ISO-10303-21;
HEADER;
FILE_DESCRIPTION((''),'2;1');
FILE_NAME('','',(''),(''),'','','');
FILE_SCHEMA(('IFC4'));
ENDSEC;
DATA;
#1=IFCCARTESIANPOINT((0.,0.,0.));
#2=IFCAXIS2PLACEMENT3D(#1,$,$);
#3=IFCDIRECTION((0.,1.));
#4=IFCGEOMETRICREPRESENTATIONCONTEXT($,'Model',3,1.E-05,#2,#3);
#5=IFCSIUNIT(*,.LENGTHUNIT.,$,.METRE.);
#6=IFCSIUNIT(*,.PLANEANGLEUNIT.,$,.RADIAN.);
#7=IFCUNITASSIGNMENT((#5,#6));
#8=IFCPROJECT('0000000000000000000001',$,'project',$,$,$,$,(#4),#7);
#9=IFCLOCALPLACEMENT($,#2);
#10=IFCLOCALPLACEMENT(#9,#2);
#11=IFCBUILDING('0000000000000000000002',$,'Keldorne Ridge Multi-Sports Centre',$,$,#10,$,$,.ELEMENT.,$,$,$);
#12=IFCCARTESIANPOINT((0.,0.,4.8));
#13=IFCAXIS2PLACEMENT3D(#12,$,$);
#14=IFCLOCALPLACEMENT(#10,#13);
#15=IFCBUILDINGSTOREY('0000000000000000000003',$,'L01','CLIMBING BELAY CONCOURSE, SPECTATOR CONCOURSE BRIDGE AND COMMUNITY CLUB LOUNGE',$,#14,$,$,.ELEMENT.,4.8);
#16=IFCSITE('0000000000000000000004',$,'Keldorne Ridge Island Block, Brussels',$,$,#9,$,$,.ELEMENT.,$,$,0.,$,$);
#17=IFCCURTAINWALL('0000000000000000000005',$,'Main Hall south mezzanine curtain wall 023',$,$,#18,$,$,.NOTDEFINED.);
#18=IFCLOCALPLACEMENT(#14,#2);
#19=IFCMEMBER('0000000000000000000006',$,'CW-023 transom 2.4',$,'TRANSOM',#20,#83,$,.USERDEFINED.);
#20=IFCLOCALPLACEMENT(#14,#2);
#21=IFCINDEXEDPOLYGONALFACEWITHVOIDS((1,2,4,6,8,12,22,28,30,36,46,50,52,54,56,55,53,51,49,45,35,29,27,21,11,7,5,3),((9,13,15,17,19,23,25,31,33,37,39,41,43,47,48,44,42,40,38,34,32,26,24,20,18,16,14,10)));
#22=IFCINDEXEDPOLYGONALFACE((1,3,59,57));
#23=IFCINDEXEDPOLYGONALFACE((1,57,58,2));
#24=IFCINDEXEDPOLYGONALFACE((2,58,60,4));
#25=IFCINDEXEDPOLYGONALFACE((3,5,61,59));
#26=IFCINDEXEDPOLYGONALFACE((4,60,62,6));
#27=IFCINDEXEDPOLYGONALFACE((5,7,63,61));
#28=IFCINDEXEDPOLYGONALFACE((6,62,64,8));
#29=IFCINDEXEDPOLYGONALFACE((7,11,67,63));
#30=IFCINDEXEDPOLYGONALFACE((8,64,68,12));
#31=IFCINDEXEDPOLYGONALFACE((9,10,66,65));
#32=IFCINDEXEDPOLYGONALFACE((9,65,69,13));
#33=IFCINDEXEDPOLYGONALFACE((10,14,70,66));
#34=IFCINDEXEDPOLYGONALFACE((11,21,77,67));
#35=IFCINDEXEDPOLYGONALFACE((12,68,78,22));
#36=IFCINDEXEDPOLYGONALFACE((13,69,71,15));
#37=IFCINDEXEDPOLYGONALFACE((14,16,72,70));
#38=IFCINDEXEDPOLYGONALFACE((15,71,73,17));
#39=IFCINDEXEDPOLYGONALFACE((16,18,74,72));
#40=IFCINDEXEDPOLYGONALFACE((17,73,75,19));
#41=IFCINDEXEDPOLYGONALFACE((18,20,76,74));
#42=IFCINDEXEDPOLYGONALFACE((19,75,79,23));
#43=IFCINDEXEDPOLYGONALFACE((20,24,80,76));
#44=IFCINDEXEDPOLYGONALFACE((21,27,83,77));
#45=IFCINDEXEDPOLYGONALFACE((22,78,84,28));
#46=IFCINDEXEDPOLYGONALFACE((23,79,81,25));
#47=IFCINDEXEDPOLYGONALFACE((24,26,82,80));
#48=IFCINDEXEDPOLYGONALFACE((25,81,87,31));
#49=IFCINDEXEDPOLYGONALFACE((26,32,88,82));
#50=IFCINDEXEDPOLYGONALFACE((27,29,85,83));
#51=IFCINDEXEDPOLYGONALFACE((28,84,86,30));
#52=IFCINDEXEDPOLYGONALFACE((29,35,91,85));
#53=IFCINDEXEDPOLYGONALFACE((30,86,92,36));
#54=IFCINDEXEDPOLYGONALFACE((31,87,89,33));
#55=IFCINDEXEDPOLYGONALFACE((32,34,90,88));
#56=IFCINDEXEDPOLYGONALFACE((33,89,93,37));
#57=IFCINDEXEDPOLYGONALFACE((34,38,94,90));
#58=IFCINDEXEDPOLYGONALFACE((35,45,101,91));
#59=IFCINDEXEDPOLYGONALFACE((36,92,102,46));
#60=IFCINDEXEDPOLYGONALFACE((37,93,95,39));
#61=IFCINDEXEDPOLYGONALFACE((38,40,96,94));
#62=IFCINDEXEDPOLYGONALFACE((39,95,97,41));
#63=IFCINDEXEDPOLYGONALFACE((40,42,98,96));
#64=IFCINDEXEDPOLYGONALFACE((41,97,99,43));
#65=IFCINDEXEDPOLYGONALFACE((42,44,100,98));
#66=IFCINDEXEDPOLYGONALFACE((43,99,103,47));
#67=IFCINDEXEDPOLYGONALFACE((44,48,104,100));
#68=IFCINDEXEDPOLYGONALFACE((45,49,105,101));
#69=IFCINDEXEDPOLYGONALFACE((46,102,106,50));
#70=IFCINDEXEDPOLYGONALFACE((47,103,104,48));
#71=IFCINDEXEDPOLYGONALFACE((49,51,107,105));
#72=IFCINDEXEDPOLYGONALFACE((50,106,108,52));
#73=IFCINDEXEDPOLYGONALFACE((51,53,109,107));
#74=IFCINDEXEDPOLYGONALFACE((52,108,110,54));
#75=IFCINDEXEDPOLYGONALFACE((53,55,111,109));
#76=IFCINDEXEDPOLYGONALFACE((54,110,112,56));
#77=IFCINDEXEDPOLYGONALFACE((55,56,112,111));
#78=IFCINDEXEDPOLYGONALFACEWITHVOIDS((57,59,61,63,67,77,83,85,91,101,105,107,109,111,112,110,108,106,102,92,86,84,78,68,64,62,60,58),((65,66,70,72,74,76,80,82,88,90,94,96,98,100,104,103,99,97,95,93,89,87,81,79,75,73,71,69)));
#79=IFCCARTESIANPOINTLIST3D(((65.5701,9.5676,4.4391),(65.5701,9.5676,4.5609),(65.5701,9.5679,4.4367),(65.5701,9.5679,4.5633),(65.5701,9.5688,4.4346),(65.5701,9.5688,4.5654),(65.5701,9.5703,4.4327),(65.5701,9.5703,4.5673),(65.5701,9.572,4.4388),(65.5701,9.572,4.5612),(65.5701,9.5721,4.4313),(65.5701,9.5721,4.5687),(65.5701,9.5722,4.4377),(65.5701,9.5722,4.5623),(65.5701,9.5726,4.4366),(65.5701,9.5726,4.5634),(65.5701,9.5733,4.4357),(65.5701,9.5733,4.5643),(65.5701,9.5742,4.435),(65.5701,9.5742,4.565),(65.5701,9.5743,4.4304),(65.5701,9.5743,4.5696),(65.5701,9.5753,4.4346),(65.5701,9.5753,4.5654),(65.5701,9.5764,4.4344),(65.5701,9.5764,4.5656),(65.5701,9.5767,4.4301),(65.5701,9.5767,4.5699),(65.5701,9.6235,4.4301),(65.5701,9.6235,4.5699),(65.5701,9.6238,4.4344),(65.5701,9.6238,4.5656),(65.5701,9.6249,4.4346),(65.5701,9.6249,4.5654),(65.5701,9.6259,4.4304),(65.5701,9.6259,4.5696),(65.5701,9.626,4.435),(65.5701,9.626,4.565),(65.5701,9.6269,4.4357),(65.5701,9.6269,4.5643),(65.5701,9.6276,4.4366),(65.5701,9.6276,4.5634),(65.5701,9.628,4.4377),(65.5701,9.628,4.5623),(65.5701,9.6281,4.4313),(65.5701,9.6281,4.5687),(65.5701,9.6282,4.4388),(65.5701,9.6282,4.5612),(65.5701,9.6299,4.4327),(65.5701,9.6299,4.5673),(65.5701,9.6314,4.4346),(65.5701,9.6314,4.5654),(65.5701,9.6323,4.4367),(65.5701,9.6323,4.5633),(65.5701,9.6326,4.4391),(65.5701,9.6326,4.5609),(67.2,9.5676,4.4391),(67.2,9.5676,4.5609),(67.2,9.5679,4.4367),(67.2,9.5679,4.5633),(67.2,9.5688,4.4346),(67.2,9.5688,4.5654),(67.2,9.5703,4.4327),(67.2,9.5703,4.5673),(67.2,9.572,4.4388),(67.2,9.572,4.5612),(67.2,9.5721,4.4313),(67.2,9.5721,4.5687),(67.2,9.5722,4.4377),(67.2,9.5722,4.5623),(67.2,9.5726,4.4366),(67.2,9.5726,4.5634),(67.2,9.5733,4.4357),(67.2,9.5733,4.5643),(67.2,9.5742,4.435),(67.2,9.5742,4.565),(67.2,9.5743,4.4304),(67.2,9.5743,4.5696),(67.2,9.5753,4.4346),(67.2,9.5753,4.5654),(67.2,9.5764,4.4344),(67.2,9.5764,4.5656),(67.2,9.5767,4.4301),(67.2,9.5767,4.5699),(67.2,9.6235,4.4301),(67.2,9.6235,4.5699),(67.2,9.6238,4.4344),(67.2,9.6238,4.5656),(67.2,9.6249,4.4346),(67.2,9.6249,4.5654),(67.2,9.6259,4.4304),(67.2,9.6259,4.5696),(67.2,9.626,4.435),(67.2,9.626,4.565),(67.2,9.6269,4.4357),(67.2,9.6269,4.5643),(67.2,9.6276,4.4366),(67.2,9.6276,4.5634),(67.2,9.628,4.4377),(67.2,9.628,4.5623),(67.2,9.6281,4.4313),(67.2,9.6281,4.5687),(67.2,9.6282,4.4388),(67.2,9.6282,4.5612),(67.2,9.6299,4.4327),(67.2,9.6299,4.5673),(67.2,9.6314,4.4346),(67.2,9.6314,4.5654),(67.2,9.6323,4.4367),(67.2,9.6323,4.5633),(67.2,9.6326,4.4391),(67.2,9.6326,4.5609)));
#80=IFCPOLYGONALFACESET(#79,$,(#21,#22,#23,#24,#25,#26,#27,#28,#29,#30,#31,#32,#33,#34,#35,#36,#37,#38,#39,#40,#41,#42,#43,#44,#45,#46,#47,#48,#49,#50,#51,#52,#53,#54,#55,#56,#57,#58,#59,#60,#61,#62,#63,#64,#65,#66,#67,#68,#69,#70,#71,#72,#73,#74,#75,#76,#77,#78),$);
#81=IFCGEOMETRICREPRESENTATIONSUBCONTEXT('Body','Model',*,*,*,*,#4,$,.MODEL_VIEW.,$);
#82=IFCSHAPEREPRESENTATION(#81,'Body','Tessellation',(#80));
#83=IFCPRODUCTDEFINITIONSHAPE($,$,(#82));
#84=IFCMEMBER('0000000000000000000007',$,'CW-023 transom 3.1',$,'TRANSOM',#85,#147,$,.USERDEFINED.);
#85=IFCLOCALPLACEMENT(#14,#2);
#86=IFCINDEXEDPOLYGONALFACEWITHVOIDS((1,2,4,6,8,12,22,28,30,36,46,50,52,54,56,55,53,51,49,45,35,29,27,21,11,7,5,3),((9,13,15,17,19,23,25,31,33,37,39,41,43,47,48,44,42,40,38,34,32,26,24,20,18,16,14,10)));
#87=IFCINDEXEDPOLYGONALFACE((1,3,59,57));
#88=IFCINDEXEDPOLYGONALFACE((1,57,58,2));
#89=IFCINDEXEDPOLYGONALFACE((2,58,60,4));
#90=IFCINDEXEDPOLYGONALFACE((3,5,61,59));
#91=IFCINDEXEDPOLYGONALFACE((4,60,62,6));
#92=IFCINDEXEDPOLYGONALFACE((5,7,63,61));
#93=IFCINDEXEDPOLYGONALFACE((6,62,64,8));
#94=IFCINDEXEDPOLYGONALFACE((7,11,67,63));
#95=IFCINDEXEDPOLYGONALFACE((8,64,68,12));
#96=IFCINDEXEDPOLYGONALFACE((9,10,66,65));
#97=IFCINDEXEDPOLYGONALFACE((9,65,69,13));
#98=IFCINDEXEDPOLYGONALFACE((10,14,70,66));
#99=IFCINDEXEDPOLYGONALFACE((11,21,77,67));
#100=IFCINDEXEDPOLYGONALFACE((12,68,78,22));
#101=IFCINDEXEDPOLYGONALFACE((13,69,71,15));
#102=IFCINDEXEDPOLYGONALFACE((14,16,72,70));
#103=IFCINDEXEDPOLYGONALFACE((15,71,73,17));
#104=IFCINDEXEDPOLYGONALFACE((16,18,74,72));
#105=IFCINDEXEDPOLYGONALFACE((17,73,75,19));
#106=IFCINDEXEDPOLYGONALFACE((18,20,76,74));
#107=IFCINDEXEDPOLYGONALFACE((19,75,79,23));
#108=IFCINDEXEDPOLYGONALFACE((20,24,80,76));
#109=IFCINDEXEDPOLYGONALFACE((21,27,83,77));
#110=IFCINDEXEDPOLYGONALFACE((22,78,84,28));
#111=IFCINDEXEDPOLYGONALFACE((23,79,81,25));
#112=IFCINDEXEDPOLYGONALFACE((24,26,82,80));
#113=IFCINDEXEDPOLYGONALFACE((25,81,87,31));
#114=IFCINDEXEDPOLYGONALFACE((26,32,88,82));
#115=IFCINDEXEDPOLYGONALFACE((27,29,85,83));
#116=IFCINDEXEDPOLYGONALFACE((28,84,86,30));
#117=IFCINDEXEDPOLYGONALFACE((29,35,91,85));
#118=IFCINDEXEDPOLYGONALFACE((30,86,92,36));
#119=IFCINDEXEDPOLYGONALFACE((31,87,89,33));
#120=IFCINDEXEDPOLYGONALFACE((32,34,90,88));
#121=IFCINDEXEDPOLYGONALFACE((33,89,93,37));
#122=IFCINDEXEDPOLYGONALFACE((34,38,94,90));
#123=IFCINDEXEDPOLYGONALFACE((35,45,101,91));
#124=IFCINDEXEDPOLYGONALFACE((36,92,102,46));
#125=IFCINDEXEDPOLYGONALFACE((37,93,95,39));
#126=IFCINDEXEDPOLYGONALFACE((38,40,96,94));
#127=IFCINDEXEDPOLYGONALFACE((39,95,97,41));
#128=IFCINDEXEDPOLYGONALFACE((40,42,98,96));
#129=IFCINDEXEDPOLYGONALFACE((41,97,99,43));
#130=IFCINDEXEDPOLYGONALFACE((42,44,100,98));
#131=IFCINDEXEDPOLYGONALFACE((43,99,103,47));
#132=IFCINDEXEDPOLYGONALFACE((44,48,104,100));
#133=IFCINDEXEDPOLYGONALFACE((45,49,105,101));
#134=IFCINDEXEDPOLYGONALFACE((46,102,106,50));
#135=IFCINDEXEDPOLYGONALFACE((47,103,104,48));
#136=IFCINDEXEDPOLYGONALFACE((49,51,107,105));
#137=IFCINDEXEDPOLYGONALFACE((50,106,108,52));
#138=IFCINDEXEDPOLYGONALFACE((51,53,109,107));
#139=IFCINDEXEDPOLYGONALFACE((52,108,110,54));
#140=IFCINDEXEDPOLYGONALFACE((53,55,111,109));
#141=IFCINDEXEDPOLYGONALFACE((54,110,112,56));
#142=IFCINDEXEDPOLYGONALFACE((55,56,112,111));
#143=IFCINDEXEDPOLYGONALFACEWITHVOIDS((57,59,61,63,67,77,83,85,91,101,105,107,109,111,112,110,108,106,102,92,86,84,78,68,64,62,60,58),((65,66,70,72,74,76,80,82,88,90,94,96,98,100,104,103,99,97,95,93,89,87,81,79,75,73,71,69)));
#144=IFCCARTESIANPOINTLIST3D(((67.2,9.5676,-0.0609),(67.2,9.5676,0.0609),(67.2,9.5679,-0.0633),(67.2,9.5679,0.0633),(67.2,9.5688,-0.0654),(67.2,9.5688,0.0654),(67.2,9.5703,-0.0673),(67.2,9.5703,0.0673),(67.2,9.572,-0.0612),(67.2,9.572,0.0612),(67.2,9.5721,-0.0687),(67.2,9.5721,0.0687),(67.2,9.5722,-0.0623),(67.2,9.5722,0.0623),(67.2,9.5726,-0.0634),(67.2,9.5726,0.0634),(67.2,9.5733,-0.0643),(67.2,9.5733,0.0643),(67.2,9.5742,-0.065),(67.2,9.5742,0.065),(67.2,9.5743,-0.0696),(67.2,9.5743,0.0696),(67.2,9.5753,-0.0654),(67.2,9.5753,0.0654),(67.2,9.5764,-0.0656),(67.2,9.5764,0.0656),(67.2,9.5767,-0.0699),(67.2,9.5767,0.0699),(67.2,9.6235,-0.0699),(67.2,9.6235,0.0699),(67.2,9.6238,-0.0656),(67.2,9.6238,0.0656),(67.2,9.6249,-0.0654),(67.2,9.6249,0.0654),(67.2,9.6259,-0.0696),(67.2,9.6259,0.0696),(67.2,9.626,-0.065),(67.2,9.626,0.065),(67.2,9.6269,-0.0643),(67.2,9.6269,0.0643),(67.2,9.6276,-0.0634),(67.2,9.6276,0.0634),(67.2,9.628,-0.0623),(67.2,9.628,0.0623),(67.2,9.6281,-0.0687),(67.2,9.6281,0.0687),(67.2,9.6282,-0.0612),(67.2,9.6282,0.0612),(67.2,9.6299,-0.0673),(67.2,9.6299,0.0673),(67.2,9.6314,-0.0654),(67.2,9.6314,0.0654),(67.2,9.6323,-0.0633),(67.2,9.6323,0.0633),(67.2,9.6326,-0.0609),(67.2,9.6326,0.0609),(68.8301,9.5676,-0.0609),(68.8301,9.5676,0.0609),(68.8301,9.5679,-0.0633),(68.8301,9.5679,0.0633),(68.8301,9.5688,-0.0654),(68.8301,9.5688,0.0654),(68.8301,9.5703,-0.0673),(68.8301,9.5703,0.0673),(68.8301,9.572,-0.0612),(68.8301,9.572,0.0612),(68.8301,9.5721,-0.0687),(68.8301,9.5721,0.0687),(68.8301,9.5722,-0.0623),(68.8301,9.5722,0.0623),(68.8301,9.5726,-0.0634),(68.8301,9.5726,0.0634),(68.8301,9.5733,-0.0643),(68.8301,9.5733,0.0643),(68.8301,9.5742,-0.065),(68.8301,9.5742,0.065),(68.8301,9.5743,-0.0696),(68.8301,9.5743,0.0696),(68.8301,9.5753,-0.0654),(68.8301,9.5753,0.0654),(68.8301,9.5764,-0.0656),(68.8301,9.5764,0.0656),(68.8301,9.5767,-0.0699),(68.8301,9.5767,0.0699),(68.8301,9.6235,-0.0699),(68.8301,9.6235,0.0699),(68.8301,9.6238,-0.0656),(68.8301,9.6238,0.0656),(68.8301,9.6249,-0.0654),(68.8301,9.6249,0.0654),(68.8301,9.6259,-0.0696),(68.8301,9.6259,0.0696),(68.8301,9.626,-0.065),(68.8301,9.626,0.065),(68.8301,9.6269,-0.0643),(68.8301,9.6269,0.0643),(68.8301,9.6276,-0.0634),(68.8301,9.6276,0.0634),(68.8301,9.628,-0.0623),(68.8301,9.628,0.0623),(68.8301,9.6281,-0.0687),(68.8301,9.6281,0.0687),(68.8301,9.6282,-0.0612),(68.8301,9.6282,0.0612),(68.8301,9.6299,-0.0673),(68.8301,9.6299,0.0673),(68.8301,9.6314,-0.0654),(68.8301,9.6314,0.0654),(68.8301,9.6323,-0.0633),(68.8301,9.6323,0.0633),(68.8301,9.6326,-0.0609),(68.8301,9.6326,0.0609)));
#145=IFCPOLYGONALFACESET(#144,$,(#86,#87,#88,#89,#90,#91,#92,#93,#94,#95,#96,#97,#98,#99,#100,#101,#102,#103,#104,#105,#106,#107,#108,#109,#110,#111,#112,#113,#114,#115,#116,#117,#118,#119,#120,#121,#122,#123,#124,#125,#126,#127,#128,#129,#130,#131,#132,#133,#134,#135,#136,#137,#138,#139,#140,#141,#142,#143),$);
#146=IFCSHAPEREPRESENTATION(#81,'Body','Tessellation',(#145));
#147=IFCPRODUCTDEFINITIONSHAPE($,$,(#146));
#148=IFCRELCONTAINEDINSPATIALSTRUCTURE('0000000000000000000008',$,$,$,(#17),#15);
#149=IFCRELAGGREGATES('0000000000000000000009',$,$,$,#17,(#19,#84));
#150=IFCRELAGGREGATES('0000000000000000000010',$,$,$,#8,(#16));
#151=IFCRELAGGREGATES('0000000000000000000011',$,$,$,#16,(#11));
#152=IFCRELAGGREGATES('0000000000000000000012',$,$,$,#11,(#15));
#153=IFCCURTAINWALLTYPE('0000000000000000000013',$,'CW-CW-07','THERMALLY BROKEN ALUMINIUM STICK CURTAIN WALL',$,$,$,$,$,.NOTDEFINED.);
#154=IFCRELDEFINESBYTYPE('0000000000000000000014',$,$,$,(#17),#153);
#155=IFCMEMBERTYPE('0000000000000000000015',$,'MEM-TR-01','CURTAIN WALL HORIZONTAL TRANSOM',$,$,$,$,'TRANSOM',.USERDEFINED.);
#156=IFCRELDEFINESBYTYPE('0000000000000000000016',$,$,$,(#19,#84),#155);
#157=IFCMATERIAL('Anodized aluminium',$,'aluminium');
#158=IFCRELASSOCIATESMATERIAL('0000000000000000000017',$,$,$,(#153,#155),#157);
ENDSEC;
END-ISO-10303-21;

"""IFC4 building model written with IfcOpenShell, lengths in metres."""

from ifc_helpers import new_model, si_unit, direction, frame, origin, origin_2d, place, context, subcontext, project, spatial, hollow_rectangle, extrude, material, material_profile, profile_set, type_object, element, aggregate, save


model = new_model("IFC4")

# Units and contexts
model_context = context("Model", 3, precision=1e-05, world=origin(), true_north=direction((0.0, 1.0)))
body_context = subcontext(model_context, "Body", "Model", "MODEL_VIEW")
ifc_project = project(units=[si_unit("LENGTHUNIT", "METRE"), si_unit("PLANEANGLEUNIT", "RADIAN")], contexts=[model_context])

# Site, building, storey
site_placement = place(None, origin())
site = spatial("IfcSite", under=ifc_project, at=site_placement, Name="Keldorne Ridge Island Block, Brussels", CompositionType="ELEMENT", RefElevation=0.0)
building_placement = place(site_placement, origin())
building = spatial("IfcBuilding", under=site, at=building_placement, Name="Keldorne Ridge Multi-Sports Centre", CompositionType="ELEMENT")
storey_placement = place(building_placement, frame((0.0, 0.0, 4.8)))
storey = spatial("IfcBuildingStorey", under=building, at=storey_placement, Name="L01", Description="CLIMBING BELAY CONCOURSE, SPECTATOR CONCOURSE BRIDGE AND COMMUNITY CLUB LOUNGE", CompositionType="ELEMENT", Elevation=4.8)

# Shared definitions
ifc_material_1 = material(Name="Anodized aluminium", Category="aluminium")

# Curtain wall, members
curtain_wall_type_1 = type_object("IfcCurtainWallType", Name="CW-CW-07", Description="THERMALLY BROKEN ALUMINIUM STICK CURTAIN WALL", PredefinedType="NOTDEFINED", material=ifc_material_1)
curtain_wall_1_placement = place(storey_placement, origin())
curtain_wall_1 = element("IfcCurtainWall", 1, at=curtain_wall_1_placement, inside=storey, type_object=curtain_wall_type_1, Name="Main Hall south mezzanine curtain wall 023", PredefinedType="NOTDEFINED")
ifc_material_profile_1 = material_profile(ifc_material_1, hollow_rectangle(XDim=0.0649, YDim=0.1399, WallThickness=0.0044, InnerFilletRadius=0.0044, OuterFilletRadius=0.009, at=origin_2d()), Name="ALU TRANSOM 140x65x4.5")
ifc_profile_set_1 = profile_set([ifc_material_profile_1], Name="Anodized aluminium")
member_type_1 = type_object("IfcMemberType", Name="MEM-TR-01", Description="CURTAIN WALL HORIZONTAL TRANSOM", ElementType="TRANSOM", PredefinedType="USERDEFINED", material=ifc_profile_set_1)
member_1_placement = place(storey_placement, frame((65.5701, 9.6001, 4.5), z_axis=(1.0, 0.0, 0.0), x_axis=(0.0, 1.0, 0.0)))
member_1 = element("IfcMember", 2, at=member_1_placement, type_object=member_type_1, Name="CW-023 transom 2.4", ObjectType="TRANSOM", PredefinedType="USERDEFINED", context=body_context, shape_type="SweptSolid", body=[
    extrude(hollow_rectangle(XDim=0.0649, YDim=0.1399, WallThickness=0.0044, InnerFilletRadius=0.0044, OuterFilletRadius=0.009, at=origin_2d()), origin(), (0.0, 0.0, 1.0), 1.6299),
])
member_2_placement = place(storey_placement, frame((67.2, 9.6001, 0.0), z_axis=(1.0, 0.0, 0.0), x_axis=(0.0, 1.0, 0.0)))
member_2 = element("IfcMember", 3, at=member_2_placement, type_object=member_type_1, Name="CW-023 transom 3.1", ObjectType="TRANSOM", PredefinedType="USERDEFINED", context=body_context, shape_type="SweptSolid", body=[
    extrude(hollow_rectangle(XDim=0.0649, YDim=0.1399, WallThickness=0.0044, InnerFilletRadius=0.0044, OuterFilletRadius=0.009, at=origin_2d()), origin(), (0.0, 0.0, 1.0), 1.6301),
])

aggregate(curtain_wall_1, [member_1, member_2])

save(model, "model.ifc")
